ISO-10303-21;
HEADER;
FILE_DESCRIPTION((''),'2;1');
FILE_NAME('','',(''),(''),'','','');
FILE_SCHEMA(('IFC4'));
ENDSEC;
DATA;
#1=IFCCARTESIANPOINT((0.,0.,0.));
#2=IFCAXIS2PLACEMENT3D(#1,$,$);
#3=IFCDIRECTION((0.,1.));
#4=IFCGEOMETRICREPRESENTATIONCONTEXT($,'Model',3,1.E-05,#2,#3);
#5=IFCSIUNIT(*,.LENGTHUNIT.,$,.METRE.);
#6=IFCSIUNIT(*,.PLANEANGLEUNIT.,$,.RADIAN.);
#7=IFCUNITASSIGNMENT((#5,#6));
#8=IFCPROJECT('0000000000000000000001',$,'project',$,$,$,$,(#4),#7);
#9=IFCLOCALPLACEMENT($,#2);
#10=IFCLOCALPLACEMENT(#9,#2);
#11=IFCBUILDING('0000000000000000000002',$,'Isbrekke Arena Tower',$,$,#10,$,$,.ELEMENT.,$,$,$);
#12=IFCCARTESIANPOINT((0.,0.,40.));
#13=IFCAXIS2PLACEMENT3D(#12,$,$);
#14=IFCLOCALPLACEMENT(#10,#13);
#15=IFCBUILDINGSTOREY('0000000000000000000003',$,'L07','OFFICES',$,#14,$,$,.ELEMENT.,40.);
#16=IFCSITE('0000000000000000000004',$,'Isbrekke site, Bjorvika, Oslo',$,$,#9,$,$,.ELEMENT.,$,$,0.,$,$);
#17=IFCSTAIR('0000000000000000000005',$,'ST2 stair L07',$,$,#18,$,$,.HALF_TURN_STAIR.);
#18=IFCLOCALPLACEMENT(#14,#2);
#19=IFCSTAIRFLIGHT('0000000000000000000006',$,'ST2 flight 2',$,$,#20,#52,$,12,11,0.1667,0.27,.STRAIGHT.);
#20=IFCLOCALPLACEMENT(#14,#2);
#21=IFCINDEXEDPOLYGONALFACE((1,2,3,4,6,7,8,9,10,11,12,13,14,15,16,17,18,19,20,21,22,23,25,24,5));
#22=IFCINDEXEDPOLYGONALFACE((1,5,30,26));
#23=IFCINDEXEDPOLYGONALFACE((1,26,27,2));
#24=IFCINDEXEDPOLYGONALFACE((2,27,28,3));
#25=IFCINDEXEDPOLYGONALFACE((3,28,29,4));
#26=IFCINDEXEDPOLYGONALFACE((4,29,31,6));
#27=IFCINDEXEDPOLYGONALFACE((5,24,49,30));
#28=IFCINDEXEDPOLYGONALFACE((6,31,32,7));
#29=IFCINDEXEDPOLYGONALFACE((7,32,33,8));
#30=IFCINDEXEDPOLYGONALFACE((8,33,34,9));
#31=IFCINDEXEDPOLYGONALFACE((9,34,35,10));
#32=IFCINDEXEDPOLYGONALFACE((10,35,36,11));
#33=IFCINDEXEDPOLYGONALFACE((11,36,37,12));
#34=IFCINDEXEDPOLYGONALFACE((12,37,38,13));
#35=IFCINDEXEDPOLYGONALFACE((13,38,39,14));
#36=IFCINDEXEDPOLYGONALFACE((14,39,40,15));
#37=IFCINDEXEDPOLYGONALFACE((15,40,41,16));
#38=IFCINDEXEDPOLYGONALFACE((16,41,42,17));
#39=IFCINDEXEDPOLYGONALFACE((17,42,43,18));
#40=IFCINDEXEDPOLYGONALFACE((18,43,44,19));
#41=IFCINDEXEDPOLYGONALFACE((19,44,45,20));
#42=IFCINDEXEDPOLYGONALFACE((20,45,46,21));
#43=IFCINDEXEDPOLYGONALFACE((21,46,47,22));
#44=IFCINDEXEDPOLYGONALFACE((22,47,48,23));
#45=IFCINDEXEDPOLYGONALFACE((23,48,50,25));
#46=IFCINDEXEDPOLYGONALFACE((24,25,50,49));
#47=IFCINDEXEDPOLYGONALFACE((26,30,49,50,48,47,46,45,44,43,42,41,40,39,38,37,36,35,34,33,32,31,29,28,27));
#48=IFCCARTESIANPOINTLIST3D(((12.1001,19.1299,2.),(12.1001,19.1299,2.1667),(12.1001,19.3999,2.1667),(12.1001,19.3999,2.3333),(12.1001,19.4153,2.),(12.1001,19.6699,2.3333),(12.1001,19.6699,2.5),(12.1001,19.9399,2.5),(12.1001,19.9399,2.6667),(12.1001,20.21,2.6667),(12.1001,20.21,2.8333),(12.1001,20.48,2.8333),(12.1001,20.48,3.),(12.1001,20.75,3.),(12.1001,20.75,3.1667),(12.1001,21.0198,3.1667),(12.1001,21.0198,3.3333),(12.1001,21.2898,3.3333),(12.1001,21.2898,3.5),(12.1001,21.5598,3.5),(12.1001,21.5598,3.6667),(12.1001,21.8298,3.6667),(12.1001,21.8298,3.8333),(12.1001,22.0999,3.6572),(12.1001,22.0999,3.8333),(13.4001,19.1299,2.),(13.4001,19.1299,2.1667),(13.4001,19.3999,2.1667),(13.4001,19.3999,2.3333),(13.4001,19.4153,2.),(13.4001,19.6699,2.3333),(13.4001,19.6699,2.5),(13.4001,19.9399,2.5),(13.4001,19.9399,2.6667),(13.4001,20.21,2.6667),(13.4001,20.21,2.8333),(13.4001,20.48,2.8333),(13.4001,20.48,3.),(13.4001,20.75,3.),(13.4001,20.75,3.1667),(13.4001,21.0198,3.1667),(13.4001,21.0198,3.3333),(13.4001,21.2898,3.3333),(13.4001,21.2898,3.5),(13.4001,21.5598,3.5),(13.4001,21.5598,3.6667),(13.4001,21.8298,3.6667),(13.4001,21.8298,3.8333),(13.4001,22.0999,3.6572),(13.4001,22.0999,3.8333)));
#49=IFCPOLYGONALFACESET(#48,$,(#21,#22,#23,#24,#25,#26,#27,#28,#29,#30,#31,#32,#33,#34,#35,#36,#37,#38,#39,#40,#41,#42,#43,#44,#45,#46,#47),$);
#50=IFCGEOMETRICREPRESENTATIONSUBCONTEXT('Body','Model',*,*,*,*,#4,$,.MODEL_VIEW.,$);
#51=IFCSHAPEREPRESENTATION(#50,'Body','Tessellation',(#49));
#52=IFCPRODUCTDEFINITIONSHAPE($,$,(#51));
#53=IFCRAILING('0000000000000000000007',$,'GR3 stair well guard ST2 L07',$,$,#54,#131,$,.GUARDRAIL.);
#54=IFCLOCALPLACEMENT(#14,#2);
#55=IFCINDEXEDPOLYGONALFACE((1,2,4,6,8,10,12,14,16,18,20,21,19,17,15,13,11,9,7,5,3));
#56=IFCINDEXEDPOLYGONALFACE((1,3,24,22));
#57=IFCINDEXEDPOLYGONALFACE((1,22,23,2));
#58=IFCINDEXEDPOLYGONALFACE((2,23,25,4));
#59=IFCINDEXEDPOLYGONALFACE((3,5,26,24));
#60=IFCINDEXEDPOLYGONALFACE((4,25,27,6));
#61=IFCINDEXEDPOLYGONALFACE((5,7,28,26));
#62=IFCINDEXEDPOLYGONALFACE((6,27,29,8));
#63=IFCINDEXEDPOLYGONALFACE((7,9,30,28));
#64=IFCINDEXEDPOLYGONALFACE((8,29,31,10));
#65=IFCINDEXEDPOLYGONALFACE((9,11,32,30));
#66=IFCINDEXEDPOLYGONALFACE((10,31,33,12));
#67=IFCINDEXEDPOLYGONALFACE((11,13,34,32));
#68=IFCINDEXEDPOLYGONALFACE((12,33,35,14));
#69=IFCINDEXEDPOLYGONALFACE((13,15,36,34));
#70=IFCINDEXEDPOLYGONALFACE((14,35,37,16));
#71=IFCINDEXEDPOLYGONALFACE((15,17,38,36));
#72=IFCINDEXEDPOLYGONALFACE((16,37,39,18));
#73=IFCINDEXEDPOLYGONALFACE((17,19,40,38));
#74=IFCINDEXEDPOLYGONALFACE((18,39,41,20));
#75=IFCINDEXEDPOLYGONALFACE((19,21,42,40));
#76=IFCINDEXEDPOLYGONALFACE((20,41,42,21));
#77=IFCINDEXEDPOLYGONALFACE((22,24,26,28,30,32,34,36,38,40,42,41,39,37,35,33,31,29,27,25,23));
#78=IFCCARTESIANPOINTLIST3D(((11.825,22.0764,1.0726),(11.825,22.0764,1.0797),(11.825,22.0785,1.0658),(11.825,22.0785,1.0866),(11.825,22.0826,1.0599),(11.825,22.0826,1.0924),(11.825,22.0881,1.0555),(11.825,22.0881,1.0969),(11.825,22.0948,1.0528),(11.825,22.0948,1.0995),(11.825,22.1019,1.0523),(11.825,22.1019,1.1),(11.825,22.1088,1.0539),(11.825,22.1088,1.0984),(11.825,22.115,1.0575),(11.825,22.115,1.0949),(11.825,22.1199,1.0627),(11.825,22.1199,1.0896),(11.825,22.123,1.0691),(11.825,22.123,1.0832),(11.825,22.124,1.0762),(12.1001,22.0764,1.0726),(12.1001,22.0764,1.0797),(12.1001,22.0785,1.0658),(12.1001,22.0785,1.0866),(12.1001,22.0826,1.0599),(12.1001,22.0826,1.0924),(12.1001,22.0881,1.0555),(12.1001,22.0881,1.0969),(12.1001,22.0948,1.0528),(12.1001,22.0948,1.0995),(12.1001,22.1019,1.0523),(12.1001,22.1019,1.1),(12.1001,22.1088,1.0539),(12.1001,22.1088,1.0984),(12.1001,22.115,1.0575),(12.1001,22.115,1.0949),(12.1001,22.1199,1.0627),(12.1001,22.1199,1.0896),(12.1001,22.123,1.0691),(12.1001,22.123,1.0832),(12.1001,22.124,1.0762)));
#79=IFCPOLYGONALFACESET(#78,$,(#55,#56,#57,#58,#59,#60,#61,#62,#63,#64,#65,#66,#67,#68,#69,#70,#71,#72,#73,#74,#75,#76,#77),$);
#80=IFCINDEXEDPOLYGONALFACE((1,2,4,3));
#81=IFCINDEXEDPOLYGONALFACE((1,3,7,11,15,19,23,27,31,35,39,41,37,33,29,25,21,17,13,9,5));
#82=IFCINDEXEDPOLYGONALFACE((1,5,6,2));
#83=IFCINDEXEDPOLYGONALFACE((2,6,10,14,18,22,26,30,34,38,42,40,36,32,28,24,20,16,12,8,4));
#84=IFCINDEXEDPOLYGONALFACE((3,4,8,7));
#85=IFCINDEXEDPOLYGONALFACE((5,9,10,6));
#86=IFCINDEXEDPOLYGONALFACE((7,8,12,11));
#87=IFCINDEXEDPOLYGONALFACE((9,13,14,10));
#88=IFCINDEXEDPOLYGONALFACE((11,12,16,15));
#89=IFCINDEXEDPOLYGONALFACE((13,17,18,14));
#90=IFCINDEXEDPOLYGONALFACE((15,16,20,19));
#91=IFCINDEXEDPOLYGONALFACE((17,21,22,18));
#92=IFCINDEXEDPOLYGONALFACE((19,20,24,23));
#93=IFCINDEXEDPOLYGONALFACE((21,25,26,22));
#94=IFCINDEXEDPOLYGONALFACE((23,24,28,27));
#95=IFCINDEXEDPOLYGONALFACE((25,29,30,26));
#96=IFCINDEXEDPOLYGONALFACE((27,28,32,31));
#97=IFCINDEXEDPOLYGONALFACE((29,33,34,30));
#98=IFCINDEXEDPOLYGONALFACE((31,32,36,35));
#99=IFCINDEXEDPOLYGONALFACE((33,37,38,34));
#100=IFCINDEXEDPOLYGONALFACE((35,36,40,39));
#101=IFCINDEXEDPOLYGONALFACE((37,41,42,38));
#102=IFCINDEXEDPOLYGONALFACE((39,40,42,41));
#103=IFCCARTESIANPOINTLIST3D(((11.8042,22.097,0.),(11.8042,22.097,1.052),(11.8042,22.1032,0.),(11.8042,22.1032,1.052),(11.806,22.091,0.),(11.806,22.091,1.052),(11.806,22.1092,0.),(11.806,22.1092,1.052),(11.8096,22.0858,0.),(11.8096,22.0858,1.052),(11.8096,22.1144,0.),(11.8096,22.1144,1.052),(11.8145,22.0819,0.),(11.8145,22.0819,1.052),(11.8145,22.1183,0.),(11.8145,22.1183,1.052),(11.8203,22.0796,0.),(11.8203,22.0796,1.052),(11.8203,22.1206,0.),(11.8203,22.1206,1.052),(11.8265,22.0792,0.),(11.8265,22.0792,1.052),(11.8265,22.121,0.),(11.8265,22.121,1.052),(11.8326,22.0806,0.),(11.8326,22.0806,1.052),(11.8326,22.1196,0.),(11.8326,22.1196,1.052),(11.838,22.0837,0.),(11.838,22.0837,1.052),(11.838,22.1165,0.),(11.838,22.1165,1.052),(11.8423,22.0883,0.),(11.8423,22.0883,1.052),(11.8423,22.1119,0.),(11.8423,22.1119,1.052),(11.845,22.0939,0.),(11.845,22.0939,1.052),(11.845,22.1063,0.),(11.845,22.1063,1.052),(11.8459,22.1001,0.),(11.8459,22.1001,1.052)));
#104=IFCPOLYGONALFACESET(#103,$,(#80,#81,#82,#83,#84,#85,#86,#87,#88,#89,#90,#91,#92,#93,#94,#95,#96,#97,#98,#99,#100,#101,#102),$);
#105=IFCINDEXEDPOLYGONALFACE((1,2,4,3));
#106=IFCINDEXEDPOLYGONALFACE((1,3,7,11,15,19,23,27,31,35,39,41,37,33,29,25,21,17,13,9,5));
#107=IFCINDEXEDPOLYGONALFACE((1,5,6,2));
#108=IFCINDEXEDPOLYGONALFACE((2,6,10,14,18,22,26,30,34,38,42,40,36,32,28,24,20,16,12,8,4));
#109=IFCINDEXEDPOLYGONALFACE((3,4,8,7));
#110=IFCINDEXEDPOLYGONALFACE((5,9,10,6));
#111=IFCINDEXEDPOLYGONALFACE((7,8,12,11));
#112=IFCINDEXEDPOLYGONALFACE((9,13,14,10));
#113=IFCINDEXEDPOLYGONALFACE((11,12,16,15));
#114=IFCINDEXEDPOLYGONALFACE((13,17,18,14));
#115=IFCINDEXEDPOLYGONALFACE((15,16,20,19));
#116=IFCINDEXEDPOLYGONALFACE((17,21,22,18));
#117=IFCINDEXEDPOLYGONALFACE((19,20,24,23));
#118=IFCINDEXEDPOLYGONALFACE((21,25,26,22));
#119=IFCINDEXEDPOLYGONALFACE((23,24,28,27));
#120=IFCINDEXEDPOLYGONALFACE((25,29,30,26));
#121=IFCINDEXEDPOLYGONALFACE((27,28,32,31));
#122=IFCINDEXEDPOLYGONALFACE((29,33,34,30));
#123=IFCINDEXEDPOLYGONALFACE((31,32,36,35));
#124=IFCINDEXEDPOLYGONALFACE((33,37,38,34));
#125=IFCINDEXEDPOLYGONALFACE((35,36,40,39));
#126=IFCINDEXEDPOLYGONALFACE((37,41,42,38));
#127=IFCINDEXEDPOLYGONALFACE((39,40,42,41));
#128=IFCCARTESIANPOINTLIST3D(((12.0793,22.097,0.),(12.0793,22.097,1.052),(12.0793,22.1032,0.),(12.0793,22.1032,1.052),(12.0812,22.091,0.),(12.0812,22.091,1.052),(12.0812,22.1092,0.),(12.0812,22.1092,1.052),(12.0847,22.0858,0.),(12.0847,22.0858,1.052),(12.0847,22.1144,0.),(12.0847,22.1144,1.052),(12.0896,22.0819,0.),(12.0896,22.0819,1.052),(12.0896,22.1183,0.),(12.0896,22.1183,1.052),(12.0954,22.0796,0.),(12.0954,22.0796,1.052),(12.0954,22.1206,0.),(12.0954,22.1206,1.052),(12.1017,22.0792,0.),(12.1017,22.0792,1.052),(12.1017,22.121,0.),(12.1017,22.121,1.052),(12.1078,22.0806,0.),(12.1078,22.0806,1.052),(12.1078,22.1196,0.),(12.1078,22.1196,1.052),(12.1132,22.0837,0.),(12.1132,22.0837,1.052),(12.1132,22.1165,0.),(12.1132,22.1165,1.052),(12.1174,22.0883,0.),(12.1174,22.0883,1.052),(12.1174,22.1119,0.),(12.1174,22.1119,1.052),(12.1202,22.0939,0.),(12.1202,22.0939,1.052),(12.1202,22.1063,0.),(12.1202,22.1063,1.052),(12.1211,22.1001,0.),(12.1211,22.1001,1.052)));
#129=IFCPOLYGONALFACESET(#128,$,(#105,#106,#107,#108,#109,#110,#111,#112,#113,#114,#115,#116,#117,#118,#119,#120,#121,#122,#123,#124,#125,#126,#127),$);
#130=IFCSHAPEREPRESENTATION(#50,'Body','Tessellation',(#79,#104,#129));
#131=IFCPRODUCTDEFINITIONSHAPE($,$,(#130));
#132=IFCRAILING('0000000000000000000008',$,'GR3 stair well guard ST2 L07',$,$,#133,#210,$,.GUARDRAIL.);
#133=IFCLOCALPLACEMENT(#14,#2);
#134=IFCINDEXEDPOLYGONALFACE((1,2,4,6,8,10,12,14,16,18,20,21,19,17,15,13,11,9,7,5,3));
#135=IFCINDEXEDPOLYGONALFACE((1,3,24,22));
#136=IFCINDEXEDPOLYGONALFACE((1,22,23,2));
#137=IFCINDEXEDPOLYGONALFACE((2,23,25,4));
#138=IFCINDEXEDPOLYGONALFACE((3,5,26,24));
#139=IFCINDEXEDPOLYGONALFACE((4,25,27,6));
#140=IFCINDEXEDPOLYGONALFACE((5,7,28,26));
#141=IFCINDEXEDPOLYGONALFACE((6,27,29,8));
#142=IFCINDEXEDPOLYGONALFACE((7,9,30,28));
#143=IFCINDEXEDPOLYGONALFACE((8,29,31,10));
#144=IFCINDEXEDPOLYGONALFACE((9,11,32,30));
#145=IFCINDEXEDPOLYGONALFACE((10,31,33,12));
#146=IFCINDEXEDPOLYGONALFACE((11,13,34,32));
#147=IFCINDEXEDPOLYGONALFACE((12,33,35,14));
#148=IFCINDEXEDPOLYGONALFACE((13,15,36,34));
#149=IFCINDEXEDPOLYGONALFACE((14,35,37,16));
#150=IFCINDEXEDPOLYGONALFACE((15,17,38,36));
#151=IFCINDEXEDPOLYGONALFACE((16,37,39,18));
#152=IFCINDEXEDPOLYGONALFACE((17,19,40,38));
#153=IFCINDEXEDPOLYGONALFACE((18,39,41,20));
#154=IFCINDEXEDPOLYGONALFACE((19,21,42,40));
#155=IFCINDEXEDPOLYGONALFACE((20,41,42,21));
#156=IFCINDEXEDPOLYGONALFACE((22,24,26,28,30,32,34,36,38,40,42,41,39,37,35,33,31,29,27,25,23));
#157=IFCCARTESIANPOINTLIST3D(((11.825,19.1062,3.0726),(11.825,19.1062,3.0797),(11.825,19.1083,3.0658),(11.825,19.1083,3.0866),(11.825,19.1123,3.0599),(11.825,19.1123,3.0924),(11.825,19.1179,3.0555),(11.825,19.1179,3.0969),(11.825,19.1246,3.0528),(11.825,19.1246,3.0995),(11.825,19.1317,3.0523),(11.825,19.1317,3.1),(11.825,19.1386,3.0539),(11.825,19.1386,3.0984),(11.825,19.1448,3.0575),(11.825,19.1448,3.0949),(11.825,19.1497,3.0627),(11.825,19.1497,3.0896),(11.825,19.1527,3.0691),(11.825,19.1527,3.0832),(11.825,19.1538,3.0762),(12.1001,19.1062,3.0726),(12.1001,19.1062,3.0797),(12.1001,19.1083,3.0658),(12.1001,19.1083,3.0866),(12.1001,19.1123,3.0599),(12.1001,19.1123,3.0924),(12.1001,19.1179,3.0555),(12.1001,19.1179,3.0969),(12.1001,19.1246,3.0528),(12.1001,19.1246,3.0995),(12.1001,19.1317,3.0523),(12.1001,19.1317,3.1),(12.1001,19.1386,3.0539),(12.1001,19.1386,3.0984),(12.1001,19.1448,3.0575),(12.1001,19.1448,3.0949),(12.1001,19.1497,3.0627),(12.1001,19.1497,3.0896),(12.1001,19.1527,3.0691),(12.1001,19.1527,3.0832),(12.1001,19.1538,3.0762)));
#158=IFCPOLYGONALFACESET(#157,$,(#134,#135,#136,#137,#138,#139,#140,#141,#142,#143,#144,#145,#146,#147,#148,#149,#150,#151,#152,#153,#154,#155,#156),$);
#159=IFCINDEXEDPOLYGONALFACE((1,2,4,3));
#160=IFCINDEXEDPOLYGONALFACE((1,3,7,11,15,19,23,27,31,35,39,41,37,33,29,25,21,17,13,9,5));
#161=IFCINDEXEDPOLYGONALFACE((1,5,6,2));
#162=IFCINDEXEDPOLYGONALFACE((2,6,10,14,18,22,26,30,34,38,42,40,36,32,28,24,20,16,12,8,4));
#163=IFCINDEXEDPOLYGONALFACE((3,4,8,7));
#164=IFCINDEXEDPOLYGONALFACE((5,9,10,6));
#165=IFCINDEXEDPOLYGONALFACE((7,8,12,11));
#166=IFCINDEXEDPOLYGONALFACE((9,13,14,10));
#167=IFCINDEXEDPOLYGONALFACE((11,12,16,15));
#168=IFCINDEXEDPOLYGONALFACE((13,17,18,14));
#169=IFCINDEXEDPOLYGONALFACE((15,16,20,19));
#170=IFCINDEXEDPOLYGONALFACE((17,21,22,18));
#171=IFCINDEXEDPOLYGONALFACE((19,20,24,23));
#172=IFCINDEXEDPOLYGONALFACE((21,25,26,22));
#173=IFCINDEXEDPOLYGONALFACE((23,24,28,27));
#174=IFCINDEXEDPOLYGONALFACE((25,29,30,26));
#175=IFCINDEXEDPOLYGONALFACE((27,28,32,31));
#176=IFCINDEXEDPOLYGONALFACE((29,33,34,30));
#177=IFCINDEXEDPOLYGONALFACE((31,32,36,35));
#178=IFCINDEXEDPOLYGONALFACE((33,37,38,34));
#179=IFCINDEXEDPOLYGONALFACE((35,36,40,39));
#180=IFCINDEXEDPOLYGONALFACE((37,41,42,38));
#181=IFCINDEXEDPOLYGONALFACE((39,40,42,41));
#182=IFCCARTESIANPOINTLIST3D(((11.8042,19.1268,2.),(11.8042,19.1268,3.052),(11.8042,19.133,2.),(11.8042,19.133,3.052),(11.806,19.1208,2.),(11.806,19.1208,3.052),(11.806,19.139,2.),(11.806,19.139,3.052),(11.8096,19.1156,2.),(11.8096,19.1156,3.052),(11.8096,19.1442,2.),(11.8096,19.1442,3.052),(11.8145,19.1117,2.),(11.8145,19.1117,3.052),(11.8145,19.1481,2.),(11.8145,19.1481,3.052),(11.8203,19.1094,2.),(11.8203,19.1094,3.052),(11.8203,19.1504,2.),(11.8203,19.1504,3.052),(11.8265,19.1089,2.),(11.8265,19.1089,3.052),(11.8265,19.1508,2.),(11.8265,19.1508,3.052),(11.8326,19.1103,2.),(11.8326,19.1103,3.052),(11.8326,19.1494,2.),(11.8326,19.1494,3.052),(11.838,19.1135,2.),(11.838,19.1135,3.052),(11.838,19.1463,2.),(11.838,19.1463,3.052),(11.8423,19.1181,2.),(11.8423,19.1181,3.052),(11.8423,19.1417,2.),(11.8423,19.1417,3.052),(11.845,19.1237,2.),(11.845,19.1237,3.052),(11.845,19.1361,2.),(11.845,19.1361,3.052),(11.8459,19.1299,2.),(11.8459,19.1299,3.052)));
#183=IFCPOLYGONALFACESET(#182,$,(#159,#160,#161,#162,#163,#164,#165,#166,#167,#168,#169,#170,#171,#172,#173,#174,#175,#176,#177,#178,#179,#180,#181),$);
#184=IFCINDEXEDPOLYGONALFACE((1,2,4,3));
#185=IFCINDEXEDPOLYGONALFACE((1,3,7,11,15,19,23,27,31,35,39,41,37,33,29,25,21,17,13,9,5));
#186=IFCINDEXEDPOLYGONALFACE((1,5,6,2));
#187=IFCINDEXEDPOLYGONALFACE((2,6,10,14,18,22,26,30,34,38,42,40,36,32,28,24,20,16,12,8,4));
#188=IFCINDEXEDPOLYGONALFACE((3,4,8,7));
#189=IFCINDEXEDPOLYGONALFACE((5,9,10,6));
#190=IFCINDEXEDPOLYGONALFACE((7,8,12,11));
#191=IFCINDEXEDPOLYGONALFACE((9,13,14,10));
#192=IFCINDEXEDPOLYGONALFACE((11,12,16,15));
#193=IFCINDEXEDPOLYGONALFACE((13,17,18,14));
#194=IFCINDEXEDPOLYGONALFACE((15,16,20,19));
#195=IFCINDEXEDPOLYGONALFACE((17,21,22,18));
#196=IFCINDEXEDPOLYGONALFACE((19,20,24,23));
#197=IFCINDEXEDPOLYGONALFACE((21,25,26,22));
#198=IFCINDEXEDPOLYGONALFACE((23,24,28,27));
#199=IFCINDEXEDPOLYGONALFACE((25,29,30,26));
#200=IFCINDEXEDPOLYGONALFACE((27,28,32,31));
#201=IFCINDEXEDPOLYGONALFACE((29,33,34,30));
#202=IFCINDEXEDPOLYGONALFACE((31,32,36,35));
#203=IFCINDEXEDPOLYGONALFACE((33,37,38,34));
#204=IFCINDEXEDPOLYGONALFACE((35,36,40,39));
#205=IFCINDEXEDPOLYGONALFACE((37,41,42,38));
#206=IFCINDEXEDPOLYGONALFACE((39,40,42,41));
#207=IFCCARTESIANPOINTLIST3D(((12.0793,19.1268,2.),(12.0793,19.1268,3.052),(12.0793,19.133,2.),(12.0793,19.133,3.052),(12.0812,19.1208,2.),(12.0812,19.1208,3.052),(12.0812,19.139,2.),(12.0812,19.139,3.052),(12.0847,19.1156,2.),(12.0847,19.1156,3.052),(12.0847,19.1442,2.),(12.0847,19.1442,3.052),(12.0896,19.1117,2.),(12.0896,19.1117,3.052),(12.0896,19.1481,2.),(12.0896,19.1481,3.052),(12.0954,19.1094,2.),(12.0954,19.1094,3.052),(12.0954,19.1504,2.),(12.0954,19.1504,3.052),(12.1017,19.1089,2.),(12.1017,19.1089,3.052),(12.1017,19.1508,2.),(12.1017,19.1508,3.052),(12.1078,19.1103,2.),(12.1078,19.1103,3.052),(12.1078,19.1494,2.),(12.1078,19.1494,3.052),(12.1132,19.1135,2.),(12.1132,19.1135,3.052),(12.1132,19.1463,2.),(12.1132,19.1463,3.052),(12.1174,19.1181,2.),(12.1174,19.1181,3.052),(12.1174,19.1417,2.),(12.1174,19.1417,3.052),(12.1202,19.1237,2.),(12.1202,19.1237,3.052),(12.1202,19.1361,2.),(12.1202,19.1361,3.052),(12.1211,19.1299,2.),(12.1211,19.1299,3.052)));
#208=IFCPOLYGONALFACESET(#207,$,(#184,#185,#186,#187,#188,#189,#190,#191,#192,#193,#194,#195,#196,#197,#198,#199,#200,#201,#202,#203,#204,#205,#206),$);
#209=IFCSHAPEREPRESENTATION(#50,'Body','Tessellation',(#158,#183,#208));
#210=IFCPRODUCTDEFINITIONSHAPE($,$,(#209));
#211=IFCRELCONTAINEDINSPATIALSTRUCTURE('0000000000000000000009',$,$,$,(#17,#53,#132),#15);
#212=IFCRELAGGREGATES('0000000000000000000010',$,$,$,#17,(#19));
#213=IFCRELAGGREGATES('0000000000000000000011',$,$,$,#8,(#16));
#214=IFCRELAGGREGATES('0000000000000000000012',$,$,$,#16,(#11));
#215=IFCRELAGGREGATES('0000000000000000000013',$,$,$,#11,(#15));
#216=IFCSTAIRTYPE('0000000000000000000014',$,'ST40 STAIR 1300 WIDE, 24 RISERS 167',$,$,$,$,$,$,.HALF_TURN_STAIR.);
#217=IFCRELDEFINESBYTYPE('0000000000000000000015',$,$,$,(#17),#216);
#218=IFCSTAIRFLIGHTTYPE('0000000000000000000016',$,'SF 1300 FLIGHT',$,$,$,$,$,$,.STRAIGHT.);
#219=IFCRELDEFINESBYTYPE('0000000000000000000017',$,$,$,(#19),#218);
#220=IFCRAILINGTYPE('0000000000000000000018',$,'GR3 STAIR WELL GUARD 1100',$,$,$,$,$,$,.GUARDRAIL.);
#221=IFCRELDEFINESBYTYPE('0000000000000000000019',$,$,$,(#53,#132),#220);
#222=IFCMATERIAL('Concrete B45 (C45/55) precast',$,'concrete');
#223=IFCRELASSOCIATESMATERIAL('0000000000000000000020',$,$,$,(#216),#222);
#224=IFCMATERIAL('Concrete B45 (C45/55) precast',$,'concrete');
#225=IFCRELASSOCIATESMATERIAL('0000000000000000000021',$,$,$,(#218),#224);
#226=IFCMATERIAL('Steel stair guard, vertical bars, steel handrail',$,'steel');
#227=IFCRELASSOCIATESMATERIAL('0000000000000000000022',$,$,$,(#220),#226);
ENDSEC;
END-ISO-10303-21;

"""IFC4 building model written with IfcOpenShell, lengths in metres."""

from ifc_helpers import new_model, si_unit, direction, frame, origin, origin_2d, place, context, subcontext, project, spatial, polyline, circle, outline, extrude, material, type_object, element, aggregate, save


model = new_model("IFC4")

# Units and contexts
model_context = context("Model", 3, precision=1e-05, world=origin(), true_north=direction((0.0, 1.0)))
body_context = subcontext(model_context, "Body", "Model", "MODEL_VIEW")
ifc_project = project(units=[si_unit("LENGTHUNIT", "METRE"), si_unit("PLANEANGLEUNIT", "RADIAN")], contexts=[model_context])

# Site, building, storey
site_placement = place(None, origin())
site = spatial("IfcSite", under=ifc_project, at=site_placement, Name="Isbrekke site, Bjorvika, Oslo", CompositionType="ELEMENT", RefElevation=0.0)
building_placement = place(site_placement, origin())
building = spatial("IfcBuilding", under=site, at=building_placement, Name="Isbrekke Arena Tower", CompositionType="ELEMENT")
storey_placement = place(building_placement, frame((0.0, 0.0, 40.0)))
storey = spatial("IfcBuildingStorey", under=building, at=storey_placement, Name="L07", Description="OFFICES", CompositionType="ELEMENT", Elevation=40.0)

# Stair, stair flight
ifc_material_1 = material(Name="Concrete B45 (C45/55) precast", Category="concrete")
stair_type = type_object("IfcStairType", Name="ST40 STAIR 1300 WIDE, 24 RISERS 167", PredefinedType="HALF_TURN_STAIR", material=ifc_material_1)
stair_placement = place(storey_placement, origin())
stair = element("IfcStair", 1, at=stair_placement, inside=storey, type_object=stair_type, Name="ST2 stair L07", PredefinedType="HALF_TURN_STAIR")
ifc_material_2 = material(Name="Concrete B45 (C45/55) precast", Category="concrete")
stair_flight_type = type_object("IfcStairFlightType", Name="SF 1300 FLIGHT", PredefinedType="STRAIGHT", material=ifc_material_2)
stair_flight_1_placement = place(storey_placement, frame((12.75, 19.1299, 2.0), z_axis=(0.0, 0.0, 1.0), x_axis=(0.0, 1.0, 0.0)))
stair_flight_1 = element("IfcStairFlight", 2, at=stair_flight_1_placement, type_object=stair_flight_type, Name="ST2 flight 2", NumberOfRisers=12, NumberOfTreads=11, PredefinedType="STRAIGHT", RiserHeight=0.1667, TreadLength=0.27, context=body_context, shape_type="SweptSolid", body=[
    extrude(outline(polyline([(0.0, 0.0), (0.0, 0.1667), (0.27, 0.1667), (0.27, 0.3333), (0.54, 0.3333), (0.54, 0.5), (0.8101, 0.5), (0.8101, 0.6667), (1.0801, 0.6667), (1.0801, 0.8333), (1.3501, 0.8333), (1.3501, 1.0), (1.6201, 1.0), (1.6201, 1.1667), (1.8899, 1.1667), (1.8899, 1.3333), (2.1599, 1.3333), (2.1599, 1.5), (2.4299, 1.5), (2.4299, 1.6667), (2.7, 1.6667), (2.7, 1.8333), (2.97, 1.8333), (2.97, 2.0), (2.97, 1.6572), (0.2854, 0.0), (0.0, 0.0)])), frame((0.0, 0.6499, 0.0), z_axis=(0.0, -1.0, 0.0), x_axis=(1.0, 0.0, 0.0)), (0.0, 0.0, 1.0), 1.3),
])
aggregate(stair, [stair_flight_1])

# Railings
ifc_material_3 = material(Name="Steel stair guard, vertical bars, steel handrail", Category="steel")
railing_type = type_object("IfcRailingType", Name="GR3 STAIR WELL GUARD 1100", PredefinedType="GUARDRAIL", material=ifc_material_3)
for number, where, name in (
    (3, (11.825, 22.1001, 0.0), "GR3 stair well guard ST2 L07"),
    (4, (11.825, 19.1299, 2.0), "GR3 stair well guard ST2 L07"),
):
    element("IfcRailing", number, at=place(storey_placement, frame(where)), inside=storey, type_object=railing_type, Name=name, PredefinedType="GUARDRAIL", context=body_context, shape_type="SweptSolid", body=[
        extrude(circle(Radius=0.0239, at=origin_2d()), frame((0.0, 0.0, 1.0762), z_axis=(1.0, 0.0, 0.0), x_axis=(0.0, 1.0, 0.0)), (0.0, 0.0, 1.0), 0.2751),
        extrude(circle(Radius=0.021, at=origin_2d()), origin(), (0.0, 0.0, 1.0), 1.052),
        extrude(circle(Radius=0.021, at=origin_2d()), frame((0.2751, 0.0, 0.0)), (0.0, 0.0, 1.0), 1.052),
    ])

save(model, "model.ifc")
